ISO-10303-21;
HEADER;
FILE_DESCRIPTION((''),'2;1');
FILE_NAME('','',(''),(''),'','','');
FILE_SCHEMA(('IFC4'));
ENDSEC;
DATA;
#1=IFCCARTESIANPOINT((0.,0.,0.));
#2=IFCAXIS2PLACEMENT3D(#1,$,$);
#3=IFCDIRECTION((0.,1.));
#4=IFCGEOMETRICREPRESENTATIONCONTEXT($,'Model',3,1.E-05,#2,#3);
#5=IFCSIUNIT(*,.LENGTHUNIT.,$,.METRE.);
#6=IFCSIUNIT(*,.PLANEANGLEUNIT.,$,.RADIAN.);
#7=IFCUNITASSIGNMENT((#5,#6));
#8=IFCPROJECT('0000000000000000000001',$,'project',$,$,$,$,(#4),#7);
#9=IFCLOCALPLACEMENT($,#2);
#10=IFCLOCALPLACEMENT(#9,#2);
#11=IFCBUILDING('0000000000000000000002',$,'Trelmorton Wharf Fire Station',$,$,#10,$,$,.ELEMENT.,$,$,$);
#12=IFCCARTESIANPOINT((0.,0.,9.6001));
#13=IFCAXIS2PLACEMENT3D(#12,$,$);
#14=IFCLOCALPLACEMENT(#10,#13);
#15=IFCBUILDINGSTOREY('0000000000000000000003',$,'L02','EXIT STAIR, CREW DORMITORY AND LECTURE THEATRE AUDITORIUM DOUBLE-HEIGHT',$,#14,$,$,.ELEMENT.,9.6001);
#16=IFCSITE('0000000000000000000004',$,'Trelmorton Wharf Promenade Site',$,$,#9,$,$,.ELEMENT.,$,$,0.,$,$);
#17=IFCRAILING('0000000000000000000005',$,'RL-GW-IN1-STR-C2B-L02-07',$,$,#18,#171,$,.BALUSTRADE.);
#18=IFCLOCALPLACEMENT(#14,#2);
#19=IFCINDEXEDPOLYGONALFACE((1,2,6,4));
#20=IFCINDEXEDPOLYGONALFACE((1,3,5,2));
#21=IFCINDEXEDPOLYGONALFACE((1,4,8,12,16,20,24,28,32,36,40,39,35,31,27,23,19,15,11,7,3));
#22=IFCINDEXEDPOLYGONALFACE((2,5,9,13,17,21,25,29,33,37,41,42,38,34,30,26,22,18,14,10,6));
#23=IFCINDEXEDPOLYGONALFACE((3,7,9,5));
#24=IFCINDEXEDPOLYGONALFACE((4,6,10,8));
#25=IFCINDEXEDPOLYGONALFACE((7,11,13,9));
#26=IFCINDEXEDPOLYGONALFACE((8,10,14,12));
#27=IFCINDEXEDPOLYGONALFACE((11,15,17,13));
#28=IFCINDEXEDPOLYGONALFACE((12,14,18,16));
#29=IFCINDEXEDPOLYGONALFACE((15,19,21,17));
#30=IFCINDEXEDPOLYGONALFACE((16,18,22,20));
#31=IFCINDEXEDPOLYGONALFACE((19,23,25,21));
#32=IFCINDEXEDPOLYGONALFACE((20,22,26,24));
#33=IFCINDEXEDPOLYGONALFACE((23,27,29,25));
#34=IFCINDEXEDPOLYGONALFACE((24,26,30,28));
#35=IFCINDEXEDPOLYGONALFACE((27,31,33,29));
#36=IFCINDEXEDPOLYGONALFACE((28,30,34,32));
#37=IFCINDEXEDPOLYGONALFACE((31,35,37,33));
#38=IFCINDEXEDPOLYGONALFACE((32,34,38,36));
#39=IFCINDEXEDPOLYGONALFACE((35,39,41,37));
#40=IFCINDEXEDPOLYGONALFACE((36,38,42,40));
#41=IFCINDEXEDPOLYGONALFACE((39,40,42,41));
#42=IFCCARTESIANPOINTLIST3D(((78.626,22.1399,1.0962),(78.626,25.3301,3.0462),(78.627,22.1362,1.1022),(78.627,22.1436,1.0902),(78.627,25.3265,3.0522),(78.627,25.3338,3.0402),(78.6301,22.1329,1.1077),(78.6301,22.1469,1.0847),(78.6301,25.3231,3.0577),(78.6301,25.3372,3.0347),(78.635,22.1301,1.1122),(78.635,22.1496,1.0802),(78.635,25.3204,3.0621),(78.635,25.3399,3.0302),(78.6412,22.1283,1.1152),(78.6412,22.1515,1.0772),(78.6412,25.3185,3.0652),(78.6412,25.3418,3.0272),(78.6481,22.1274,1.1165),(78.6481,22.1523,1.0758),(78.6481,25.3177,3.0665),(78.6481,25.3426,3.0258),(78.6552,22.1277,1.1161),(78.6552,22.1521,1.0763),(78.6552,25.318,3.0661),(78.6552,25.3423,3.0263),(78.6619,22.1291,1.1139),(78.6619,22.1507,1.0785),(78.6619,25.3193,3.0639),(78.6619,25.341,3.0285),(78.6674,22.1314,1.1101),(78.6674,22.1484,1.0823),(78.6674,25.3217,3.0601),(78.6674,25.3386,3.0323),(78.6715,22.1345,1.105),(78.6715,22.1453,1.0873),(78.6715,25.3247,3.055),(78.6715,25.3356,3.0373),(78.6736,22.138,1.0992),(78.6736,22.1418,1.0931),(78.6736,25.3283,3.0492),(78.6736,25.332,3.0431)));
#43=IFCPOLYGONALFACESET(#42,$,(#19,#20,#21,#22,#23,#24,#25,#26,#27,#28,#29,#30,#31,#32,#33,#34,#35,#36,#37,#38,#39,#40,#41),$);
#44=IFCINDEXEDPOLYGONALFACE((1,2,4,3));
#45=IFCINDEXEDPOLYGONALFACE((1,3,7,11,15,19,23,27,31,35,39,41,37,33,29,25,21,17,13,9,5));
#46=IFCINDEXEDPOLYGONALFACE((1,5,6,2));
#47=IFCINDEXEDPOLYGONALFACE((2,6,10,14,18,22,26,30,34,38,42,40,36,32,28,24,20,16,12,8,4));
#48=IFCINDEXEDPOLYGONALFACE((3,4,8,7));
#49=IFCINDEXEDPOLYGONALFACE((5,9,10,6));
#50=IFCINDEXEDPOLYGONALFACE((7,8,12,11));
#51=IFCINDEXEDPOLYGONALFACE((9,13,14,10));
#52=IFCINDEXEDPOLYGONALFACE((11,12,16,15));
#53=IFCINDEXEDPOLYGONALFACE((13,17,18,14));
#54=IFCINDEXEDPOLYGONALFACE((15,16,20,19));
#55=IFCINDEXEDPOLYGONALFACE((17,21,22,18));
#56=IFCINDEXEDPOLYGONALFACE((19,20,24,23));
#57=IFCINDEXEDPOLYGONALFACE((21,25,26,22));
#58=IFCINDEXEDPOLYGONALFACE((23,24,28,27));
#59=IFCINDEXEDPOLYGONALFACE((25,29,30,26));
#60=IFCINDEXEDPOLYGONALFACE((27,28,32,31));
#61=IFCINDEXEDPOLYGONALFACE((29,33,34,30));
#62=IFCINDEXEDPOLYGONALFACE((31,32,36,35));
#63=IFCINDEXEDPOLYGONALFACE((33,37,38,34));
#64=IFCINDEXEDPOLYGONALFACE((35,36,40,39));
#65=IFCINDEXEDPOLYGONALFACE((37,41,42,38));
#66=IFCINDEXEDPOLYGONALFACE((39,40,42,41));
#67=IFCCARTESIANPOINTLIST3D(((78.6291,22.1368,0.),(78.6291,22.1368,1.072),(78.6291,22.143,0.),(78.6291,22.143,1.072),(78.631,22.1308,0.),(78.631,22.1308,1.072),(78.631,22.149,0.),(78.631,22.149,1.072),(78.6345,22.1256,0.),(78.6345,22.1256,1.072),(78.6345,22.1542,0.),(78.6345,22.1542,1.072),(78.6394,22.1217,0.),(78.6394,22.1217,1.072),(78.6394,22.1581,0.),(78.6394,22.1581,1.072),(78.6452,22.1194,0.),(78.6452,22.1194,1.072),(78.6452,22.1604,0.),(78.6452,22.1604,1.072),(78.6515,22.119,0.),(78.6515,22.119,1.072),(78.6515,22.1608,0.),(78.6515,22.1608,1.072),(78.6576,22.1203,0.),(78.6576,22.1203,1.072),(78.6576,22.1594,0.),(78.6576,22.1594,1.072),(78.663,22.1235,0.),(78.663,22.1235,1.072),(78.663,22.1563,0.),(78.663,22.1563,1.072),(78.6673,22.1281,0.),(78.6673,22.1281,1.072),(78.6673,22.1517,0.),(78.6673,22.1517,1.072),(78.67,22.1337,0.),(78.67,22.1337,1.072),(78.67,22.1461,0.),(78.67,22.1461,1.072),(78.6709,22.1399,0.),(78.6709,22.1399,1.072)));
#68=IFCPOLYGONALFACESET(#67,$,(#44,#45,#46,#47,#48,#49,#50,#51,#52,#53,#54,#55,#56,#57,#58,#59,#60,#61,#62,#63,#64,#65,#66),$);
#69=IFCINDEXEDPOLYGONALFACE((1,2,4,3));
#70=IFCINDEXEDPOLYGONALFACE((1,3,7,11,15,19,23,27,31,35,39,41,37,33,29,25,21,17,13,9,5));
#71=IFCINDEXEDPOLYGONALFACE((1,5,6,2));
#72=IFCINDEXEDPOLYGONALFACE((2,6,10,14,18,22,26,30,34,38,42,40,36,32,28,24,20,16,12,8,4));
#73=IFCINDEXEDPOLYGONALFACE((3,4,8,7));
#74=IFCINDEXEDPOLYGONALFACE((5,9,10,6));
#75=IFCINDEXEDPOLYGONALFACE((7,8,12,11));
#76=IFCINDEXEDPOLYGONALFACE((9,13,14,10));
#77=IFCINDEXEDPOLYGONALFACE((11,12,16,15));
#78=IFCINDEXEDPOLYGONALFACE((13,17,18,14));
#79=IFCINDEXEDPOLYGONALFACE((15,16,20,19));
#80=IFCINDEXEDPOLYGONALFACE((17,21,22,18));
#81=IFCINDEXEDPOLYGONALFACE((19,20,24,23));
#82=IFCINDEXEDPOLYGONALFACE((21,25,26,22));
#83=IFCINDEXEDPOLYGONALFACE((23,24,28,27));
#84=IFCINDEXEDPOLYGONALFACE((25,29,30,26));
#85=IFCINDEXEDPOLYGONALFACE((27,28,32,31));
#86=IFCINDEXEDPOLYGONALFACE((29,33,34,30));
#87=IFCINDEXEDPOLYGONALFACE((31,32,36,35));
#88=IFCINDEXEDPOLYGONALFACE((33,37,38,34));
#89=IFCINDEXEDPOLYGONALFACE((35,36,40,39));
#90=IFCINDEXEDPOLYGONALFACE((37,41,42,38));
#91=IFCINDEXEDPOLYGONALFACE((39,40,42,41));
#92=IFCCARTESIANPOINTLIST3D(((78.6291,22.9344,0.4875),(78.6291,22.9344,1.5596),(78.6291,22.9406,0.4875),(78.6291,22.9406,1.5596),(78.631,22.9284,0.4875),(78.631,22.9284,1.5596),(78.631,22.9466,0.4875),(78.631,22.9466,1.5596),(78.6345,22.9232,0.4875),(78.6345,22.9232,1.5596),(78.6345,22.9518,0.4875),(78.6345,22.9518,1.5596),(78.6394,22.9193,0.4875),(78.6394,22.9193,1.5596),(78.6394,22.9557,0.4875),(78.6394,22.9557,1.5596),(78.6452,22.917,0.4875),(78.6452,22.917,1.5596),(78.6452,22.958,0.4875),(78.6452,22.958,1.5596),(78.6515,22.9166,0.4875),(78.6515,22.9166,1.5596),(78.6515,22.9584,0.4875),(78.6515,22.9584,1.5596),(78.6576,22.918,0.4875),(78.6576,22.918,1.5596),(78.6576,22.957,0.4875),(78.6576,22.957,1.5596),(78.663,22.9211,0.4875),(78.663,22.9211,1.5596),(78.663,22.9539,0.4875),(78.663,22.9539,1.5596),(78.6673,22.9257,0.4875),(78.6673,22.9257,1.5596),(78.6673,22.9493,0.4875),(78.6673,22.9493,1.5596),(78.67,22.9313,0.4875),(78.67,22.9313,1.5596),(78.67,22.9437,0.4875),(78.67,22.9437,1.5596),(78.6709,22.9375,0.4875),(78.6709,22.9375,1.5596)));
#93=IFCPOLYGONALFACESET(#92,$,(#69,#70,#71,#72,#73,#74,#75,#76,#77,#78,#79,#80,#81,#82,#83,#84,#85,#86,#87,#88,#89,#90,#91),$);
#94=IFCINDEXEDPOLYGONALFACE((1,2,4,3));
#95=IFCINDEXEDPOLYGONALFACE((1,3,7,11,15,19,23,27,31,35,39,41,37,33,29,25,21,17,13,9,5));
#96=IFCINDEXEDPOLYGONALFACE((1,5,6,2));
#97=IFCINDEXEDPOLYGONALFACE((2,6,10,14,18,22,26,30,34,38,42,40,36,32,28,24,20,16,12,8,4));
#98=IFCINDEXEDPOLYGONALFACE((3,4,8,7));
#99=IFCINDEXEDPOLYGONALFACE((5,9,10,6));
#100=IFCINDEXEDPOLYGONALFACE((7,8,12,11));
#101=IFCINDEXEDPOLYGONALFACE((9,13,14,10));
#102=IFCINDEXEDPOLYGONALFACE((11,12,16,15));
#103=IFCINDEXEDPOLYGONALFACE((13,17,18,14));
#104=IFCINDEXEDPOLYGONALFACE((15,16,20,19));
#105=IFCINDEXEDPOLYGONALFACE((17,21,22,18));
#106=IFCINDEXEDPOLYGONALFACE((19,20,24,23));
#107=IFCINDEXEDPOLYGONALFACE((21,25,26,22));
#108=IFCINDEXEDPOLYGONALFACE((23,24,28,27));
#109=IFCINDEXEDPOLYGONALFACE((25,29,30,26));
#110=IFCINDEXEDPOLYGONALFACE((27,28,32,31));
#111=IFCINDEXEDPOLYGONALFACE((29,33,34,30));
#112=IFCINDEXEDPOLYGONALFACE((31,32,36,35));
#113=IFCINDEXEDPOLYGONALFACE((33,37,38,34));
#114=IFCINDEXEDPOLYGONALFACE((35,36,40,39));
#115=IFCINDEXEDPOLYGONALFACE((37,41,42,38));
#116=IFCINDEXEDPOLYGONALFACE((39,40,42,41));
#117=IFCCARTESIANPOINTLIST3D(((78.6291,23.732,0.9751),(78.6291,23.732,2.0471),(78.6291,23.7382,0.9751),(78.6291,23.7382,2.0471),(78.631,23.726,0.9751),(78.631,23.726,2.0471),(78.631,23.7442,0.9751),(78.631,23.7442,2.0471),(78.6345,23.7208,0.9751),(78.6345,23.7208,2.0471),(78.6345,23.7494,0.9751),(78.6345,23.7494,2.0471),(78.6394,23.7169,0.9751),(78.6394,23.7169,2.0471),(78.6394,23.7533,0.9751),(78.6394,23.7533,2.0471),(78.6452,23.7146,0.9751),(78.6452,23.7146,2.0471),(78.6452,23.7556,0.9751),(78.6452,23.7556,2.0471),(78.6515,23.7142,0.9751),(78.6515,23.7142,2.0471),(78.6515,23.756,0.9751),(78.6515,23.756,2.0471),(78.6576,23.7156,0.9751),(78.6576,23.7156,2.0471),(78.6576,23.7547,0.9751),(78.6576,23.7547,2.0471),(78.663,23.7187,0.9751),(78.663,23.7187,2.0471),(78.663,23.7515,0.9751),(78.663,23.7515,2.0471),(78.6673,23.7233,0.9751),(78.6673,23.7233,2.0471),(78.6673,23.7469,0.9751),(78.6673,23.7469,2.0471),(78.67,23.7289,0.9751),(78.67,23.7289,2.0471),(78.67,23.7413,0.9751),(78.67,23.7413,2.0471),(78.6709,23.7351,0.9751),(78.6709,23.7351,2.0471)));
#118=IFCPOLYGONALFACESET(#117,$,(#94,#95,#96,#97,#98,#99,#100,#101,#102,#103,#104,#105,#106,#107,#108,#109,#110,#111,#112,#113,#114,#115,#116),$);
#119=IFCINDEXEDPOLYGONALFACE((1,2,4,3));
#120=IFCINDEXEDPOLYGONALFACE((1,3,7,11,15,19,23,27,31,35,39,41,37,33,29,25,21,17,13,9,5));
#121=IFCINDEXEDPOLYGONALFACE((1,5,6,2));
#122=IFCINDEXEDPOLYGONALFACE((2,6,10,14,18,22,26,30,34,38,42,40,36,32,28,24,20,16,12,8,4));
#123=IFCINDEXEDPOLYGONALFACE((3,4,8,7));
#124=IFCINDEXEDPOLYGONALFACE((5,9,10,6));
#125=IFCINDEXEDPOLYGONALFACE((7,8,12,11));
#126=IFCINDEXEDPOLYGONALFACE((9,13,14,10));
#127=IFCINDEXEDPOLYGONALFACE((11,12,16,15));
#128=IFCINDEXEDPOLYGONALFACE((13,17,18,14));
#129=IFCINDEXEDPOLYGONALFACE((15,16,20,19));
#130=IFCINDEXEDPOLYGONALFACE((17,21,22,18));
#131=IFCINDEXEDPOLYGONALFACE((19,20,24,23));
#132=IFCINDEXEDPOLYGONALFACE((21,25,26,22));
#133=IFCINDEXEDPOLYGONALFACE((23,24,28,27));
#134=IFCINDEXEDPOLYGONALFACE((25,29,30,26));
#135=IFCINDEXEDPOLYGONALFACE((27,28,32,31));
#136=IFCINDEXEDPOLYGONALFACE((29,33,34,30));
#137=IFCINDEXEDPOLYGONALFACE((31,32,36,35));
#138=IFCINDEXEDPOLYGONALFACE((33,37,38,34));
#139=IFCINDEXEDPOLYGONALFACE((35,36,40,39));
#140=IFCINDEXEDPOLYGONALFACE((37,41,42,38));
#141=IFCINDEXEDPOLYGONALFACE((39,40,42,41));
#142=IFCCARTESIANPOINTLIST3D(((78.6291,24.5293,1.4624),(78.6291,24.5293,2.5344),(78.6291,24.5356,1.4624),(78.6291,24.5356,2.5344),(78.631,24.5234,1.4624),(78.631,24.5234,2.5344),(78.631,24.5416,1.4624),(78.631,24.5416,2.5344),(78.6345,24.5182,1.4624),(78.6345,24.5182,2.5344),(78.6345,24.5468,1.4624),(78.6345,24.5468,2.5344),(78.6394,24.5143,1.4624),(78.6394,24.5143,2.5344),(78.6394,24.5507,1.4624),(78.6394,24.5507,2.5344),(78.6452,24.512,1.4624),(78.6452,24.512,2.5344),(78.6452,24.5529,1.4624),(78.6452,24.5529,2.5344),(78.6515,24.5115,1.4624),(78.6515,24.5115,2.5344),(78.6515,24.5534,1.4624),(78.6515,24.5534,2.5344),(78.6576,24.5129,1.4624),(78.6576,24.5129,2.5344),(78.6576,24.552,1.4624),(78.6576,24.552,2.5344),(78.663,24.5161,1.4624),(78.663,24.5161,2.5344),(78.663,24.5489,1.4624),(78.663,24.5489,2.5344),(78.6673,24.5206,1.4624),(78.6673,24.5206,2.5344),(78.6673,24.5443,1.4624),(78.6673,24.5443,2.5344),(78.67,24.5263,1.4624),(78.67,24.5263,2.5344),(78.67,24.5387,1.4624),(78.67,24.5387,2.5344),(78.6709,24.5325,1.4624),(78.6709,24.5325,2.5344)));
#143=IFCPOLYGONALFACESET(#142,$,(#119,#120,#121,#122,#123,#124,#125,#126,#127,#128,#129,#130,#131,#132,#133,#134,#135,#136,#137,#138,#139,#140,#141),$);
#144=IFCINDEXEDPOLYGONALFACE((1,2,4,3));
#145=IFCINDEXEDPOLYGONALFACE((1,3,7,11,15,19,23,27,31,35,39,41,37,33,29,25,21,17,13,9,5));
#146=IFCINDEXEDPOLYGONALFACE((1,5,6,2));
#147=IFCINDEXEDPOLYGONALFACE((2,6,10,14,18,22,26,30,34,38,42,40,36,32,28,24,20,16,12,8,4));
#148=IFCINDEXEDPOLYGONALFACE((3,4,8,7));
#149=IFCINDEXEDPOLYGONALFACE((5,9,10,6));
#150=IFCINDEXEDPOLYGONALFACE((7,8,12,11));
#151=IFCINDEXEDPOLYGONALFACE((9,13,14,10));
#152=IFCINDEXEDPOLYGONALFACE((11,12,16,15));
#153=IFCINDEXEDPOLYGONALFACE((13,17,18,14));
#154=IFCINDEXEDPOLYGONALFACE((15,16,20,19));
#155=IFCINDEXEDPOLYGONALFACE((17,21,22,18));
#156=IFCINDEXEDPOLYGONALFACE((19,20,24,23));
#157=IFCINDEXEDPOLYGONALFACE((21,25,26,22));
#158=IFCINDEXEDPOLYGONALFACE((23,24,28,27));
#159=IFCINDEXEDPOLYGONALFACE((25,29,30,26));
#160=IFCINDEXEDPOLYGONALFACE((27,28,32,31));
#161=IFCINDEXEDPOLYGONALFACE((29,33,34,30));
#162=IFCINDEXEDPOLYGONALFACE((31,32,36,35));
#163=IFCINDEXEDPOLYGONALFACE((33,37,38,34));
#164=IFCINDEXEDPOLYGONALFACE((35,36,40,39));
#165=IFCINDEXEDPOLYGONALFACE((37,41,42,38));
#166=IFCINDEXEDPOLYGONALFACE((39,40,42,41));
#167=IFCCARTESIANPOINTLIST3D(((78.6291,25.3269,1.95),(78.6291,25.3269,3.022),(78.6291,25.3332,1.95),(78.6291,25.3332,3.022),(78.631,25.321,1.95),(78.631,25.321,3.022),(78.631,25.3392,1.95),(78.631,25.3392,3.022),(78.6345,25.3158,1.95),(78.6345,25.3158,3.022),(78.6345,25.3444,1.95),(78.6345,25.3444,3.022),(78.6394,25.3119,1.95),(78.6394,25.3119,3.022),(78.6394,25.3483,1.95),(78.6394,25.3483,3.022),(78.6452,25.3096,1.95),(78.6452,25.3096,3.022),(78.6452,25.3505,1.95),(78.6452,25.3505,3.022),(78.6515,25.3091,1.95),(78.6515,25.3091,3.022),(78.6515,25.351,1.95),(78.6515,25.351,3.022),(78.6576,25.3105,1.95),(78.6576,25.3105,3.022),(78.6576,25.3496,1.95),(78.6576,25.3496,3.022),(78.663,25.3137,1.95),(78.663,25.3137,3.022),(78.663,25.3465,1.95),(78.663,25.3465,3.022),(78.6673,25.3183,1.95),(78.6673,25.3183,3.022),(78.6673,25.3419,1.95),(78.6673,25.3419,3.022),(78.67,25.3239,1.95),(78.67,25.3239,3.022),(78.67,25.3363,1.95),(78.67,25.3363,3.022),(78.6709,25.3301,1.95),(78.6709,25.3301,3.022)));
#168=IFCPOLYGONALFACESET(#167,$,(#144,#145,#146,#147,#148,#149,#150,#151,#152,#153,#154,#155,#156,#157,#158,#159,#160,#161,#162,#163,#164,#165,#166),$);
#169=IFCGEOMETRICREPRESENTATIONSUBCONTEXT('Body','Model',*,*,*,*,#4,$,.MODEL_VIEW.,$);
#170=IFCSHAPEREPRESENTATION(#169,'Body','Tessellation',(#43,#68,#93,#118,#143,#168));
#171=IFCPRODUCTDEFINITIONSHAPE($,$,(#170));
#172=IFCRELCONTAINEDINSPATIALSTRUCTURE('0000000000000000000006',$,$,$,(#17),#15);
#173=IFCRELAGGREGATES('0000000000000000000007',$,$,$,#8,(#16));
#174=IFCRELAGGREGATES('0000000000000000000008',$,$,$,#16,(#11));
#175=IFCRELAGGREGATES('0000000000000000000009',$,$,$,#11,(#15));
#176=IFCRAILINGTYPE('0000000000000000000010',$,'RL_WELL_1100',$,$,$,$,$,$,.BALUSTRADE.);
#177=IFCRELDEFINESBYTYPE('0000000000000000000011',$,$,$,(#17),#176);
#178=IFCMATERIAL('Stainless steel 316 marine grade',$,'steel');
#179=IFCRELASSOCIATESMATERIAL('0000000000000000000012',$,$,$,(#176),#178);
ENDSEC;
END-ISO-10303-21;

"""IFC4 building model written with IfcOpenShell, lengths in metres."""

from ifc_helpers import new_model, si_unit, direction, frame, origin, origin_2d, place, context, subcontext, project, spatial, circle, extrude, material, type_object, element, save


model = new_model("IFC4")

# Units and contexts
model_context = context("Model", 3, precision=1e-05, world=origin(), true_north=direction((0.0, 1.0)))
body_context = subcontext(model_context, "Body", "Model", "MODEL_VIEW")
ifc_project = project(units=[si_unit("LENGTHUNIT", "METRE"), si_unit("PLANEANGLEUNIT", "RADIAN")], contexts=[model_context])

# Site, building, storey
site_placement = place(None, origin())
site = spatial("IfcSite", under=ifc_project, at=site_placement, Name="Trelmorton Wharf Promenade Site", CompositionType="ELEMENT", RefElevation=0.0)
building_placement = place(site_placement, origin())
building = spatial("IfcBuilding", under=site, at=building_placement, Name="Trelmorton Wharf Fire Station", CompositionType="ELEMENT")
storey_placement = place(building_placement, frame((0.0, 0.0, 9.6001)))
storey = spatial("IfcBuildingStorey", under=building, at=storey_placement, Name="L02", Description="EXIT STAIR, CREW DORMITORY AND LECTURE THEATRE AUDITORIUM DOUBLE-HEIGHT", CompositionType="ELEMENT", Elevation=9.6001)

# Shared definitions
ifc_material_1 = material(Name="Stainless steel 316 marine grade", Category="steel")

# Railing
railing_type_1 = type_object("IfcRailingType", Name="RL_WELL_1100", PredefinedType="BALUSTRADE", material=ifc_material_1)
railing_1_placement = place(storey_placement, frame((78.6499, 22.1399, 0.0)))
element("IfcRailing", 1, at=railing_1_placement, inside=storey, type_object=railing_type_1, Name="RL-GW-IN1-STR-C2B-L02-07", PredefinedType="BALUSTRADE", context=body_context, shape_type="SweptSolid", body=[
    extrude(circle(Radius=0.0239, at=origin_2d()), frame((0.0, 0.0, 1.0962), z_axis=(0.0, 0.853235, 0.521527), x_axis=(-1.0, 0.0, 0.0)), (0.0, 0.0, 1.0), 3.739),
    extrude(circle(Radius=0.021, at=origin_2d()), origin(), (0.0, 0.0, 1.0), 1.072),
    extrude(circle(Radius=0.021, at=origin_2d()), frame((0.0, 0.7976, 0.4875)), (0.0, 0.0, 1.0), 1.072),
    extrude(circle(Radius=0.021, at=origin_2d()), frame((0.0, 1.5952, 0.9751)), (0.0, 0.0, 1.0), 1.072),
    extrude(circle(Radius=0.021, at=origin_2d()), frame((0.0, 2.3926, 1.4624)), (0.0, 0.0, 1.0), 1.072),
    extrude(circle(Radius=0.021, at=origin_2d()), frame((0.0, 3.1902, 1.95)), (0.0, 0.0, 1.0), 1.072),
])

save(model, "model.ifc")
